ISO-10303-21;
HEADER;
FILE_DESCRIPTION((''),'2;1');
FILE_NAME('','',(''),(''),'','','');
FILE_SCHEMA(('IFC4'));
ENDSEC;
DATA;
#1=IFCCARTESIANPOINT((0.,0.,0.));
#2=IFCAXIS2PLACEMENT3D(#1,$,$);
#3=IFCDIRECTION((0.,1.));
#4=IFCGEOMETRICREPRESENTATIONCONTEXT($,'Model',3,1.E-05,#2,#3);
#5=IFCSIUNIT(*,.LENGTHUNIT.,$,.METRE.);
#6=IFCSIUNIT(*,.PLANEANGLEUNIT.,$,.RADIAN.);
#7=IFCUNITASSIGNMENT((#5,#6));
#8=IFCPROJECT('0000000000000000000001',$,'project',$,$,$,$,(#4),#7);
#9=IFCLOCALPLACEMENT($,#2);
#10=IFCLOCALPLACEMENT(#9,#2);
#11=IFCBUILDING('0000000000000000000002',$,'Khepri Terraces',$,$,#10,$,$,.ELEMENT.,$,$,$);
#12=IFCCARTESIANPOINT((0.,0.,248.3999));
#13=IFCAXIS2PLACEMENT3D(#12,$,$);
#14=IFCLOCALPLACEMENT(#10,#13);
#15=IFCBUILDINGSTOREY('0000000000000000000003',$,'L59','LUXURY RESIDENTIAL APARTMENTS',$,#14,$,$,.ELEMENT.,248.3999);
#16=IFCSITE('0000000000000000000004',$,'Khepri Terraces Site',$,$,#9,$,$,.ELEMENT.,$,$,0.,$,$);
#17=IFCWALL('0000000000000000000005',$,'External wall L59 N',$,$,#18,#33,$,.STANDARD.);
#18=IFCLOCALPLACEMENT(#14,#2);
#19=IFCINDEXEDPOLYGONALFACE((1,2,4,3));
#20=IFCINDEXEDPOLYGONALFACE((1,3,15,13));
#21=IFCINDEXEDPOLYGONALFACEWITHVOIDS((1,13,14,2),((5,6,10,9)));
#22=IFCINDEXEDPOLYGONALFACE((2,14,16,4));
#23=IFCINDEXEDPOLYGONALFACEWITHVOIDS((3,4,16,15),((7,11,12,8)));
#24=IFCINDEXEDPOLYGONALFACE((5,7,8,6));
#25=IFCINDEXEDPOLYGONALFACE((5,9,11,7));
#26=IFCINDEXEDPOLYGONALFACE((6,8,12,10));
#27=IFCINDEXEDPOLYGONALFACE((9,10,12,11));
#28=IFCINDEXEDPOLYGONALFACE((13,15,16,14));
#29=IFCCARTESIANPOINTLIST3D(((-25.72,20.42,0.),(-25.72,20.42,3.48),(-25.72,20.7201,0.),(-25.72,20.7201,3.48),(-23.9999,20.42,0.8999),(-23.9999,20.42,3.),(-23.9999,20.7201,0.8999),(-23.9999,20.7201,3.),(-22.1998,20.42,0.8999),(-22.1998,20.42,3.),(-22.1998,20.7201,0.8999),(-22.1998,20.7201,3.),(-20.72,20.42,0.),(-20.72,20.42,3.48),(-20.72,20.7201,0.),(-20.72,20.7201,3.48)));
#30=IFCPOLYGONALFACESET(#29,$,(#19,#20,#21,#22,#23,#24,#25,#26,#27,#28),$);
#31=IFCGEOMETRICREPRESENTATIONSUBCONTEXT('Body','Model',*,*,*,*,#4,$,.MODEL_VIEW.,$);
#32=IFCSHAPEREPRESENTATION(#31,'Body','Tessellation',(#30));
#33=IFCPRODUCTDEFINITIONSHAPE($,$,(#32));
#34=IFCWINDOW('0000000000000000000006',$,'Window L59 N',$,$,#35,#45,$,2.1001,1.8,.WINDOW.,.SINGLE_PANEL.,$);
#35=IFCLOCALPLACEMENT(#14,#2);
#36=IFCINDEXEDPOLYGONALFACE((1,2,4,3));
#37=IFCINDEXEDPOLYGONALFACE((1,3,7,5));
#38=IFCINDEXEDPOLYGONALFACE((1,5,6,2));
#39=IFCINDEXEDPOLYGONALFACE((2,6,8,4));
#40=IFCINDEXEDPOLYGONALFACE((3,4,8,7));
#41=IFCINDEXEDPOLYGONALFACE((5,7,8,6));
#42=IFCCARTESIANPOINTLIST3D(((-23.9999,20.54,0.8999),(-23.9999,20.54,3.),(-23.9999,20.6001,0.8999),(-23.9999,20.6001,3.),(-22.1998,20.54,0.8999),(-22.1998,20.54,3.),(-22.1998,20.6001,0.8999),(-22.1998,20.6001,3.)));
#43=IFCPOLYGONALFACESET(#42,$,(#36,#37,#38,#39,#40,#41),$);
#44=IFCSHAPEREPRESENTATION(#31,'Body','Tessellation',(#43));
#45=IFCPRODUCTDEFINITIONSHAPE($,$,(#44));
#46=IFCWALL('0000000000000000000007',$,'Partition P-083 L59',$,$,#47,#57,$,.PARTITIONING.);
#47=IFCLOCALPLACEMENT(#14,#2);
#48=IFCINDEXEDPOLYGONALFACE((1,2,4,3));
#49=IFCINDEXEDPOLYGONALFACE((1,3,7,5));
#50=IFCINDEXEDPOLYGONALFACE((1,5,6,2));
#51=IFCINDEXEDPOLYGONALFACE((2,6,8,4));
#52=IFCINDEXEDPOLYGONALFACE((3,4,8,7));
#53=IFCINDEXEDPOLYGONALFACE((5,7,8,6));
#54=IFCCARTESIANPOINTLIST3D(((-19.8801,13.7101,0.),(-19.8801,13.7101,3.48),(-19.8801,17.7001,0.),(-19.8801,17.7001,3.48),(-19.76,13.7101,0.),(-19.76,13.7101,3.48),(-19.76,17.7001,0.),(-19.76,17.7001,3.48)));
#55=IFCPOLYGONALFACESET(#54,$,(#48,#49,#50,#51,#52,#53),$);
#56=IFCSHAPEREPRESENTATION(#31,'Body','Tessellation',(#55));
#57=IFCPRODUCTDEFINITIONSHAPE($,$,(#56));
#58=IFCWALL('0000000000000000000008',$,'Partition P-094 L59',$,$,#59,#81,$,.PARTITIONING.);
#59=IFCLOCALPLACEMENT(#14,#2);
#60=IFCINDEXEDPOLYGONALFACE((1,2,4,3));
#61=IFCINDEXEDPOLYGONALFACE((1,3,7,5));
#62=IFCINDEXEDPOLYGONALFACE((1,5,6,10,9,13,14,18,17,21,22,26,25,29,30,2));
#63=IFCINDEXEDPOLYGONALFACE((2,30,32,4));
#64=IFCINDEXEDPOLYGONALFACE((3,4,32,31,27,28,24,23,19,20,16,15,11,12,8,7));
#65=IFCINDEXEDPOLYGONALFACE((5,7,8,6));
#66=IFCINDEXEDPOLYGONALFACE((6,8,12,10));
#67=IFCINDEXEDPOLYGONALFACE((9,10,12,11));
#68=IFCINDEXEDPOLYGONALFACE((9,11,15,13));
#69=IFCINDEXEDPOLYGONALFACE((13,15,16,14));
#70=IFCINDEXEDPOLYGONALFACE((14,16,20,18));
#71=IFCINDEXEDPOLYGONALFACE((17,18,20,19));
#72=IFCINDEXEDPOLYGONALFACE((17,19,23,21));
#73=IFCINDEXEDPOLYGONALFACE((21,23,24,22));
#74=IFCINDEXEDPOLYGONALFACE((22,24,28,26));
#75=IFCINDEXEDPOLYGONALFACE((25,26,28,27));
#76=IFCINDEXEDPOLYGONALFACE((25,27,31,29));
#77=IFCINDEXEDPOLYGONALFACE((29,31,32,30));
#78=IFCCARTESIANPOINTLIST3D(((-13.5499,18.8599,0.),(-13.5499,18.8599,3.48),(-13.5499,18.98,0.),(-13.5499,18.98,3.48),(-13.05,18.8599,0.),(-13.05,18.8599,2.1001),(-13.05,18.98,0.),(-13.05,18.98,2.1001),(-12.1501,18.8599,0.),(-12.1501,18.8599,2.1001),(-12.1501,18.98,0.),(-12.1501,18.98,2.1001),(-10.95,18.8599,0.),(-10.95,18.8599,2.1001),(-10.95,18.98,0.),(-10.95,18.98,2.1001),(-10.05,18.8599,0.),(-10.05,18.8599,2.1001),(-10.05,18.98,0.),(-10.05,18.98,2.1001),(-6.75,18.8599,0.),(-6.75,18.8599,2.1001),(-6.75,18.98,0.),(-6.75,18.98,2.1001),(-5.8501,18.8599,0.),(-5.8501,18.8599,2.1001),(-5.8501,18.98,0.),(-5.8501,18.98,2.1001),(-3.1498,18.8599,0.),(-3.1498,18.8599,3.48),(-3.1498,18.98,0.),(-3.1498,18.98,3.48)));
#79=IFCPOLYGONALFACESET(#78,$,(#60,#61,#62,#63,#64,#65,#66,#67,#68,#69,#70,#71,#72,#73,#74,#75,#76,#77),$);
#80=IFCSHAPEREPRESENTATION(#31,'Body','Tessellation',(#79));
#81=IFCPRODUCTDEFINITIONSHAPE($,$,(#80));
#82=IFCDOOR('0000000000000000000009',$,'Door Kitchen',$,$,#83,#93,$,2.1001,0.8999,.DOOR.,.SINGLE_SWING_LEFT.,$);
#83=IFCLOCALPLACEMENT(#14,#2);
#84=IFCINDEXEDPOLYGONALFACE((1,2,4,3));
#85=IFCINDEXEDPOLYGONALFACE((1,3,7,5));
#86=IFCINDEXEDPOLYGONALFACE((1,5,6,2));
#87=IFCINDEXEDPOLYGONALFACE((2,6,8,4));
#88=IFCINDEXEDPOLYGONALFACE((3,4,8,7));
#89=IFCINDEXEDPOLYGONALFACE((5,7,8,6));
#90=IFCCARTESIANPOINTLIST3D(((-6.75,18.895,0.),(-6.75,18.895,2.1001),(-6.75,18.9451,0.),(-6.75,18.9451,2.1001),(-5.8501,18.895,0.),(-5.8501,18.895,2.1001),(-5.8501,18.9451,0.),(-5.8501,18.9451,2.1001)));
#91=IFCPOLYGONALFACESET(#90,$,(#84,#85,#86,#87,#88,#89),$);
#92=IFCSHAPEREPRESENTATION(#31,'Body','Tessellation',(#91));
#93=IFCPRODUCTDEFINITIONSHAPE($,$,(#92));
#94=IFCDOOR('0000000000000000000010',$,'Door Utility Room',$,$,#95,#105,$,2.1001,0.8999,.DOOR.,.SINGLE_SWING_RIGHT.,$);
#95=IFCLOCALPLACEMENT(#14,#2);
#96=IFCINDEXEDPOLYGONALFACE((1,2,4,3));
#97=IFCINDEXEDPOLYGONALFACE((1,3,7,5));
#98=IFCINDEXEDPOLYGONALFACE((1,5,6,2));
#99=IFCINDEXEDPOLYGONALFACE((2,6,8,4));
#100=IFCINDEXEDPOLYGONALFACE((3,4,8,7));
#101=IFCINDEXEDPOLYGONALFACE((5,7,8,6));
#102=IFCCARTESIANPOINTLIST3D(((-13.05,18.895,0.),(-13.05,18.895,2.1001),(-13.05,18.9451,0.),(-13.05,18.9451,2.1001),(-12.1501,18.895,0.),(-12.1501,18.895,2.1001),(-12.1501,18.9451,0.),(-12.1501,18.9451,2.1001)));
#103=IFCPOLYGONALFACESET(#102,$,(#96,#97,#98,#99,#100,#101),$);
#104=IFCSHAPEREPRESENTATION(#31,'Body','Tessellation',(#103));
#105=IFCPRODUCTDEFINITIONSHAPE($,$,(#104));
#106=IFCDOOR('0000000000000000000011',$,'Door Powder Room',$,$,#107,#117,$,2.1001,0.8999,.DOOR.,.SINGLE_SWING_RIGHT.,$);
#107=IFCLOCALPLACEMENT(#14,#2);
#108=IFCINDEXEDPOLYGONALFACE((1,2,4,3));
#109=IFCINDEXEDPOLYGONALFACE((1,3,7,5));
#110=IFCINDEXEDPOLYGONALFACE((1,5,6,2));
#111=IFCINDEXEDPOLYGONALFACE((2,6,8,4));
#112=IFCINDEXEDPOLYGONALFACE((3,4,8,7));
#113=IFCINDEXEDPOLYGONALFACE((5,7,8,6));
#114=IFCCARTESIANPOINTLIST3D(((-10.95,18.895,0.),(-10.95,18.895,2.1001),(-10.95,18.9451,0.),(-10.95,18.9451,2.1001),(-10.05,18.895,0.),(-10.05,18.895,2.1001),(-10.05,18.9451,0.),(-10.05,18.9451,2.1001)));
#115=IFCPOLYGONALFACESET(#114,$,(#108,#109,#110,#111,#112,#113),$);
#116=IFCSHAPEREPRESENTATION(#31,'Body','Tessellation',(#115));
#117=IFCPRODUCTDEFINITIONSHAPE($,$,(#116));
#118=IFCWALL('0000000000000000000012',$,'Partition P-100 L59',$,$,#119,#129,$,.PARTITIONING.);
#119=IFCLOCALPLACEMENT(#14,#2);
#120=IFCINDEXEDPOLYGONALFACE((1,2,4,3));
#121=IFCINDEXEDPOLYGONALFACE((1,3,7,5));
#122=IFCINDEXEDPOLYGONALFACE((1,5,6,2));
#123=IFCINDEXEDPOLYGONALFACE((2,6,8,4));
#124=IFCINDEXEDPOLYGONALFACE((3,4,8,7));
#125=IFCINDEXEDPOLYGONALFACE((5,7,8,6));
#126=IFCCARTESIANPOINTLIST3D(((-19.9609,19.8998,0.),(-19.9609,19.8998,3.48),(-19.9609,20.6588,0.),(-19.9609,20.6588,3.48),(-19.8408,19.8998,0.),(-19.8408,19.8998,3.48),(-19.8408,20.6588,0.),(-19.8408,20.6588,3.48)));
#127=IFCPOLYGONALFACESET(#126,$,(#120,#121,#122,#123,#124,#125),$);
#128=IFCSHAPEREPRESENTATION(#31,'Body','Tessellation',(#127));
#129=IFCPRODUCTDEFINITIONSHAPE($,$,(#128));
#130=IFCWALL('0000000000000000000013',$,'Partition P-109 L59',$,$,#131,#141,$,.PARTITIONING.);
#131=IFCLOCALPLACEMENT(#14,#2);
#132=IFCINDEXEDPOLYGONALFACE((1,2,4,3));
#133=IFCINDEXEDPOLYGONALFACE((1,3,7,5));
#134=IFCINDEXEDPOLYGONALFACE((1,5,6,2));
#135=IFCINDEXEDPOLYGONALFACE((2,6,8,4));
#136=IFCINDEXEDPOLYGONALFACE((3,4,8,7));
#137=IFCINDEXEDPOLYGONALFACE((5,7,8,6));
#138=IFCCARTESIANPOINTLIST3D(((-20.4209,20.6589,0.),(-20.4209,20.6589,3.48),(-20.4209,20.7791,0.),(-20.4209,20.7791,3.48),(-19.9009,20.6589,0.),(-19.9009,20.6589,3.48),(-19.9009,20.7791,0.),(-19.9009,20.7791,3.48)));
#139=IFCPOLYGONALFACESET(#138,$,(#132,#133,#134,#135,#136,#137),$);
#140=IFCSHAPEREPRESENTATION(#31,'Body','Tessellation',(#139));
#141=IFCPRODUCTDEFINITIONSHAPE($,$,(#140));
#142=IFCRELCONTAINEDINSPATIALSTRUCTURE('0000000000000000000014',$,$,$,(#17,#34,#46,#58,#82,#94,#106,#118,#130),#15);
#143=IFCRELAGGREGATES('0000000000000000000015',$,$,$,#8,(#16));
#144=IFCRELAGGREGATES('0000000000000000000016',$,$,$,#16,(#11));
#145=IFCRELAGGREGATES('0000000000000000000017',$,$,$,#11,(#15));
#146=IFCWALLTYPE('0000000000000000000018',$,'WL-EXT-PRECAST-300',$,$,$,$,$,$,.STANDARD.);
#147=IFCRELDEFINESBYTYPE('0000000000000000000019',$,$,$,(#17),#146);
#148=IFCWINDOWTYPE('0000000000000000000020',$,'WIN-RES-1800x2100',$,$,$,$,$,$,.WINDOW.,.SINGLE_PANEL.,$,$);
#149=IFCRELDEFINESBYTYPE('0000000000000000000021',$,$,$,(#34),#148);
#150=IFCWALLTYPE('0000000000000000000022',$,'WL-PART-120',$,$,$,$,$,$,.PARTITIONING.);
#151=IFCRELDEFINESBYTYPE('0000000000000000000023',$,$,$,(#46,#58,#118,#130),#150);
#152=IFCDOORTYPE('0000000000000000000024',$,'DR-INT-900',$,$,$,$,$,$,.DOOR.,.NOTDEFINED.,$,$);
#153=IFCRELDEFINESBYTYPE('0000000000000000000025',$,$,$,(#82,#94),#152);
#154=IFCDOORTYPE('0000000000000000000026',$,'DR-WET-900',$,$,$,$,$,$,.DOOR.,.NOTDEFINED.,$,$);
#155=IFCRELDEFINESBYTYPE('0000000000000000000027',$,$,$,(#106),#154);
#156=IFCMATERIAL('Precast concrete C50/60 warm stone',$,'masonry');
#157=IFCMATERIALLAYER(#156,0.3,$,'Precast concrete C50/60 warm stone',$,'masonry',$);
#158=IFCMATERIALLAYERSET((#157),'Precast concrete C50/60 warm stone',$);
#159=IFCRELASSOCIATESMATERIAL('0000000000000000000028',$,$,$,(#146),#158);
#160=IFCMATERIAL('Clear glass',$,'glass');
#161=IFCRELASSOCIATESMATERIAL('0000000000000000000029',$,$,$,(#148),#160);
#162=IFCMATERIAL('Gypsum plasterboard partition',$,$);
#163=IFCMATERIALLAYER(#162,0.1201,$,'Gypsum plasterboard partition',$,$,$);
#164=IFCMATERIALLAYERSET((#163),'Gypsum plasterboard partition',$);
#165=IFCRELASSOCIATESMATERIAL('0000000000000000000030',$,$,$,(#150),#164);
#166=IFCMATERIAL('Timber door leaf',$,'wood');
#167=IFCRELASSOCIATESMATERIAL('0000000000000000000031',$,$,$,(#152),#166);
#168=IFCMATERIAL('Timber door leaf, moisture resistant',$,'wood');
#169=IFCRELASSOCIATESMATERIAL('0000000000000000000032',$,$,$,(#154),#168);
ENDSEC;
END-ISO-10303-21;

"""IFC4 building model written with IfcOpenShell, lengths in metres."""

from ifc_helpers import new_model, si_unit, direction, frame, frame_2d, origin, place, context, subcontext, project, spatial, rectangle, extrude, material, layer, layer_set, type_object, element, fill, save


model = new_model("IFC4")

# Units and contexts
model_context = context("Model", 3, precision=1e-05, world=origin(), true_north=direction((0.0, 1.0)))
body_context = subcontext(model_context, "Body", "Model", "MODEL_VIEW")
ifc_project = project(units=[si_unit("LENGTHUNIT", "METRE"), si_unit("PLANEANGLEUNIT", "RADIAN")], contexts=[model_context])

# Site, building, storey
site_placement = place(None, origin())
site = spatial("IfcSite", under=ifc_project, at=site_placement, Name="Khepri Terraces Site", CompositionType="ELEMENT", RefElevation=0.0)
building_placement = place(site_placement, origin())
building = spatial("IfcBuilding", under=site, at=building_placement, Name="Khepri Terraces", CompositionType="ELEMENT")
storey_placement = place(building_placement, frame((0.0, 0.0, 248.3999)))
storey = spatial("IfcBuildingStorey", under=building, at=storey_placement, Name="L59", Description="LUXURY RESIDENTIAL APARTMENTS", CompositionType="ELEMENT", Elevation=248.3999)

# Wall, opening, window
ifc_material_1 = material(Name="Precast concrete C50/60 warm stone", Category="masonry")
ifc_layer_1 = layer(ifc_material_1, 0.3, Name="Precast concrete C50/60 warm stone", Category="masonry")
ifc_layer_set_1 = layer_set([ifc_layer_1], Name="Precast concrete C50/60 warm stone")
wall_type_1 = type_object("IfcWallType", Name="WL-EXT-PRECAST-300", PredefinedType="STANDARD", material=ifc_layer_set_1)
ifc_material_2 = material(Name="Clear glass", Category="glass")
window_type = type_object("IfcWindowType", Name="WIN-RES-1800x2100", PartitioningType="SINGLE_PANEL", PredefinedType="WINDOW", material=ifc_material_2)
wall_1_placement = place(storey_placement, frame((-20.72, 20.5701, 0.0), z_axis=(0.0, 0.0, 1.0), x_axis=(-1.0, 0.0, 0.0)))
wall_1 = element("IfcWall", 1, at=wall_1_placement, inside=storey, type_object=wall_type_1, Name="External wall L59 N", PredefinedType="STANDARD", context=body_context, shape_type="SweptSolid", body=[
    extrude(rectangle(XDim=5.0, YDim=0.3, at=frame_2d((2.5, 0.0))), origin(), (0.0, 0.0, 1.0), 3.48),
])
opening_1_placement = place(wall_1_placement, frame((1.48, 0.0, 0.8999)))
opening_1 = element("IfcOpeningElement", 2, at=opening_1_placement, cuts=wall_1, PredefinedType="OPENING", context=body_context, shape_type="SweptSolid", body=[
    extrude(rectangle(XDim=1.8, YDim=2.1001, at=frame_2d((0.8999, 1.05))), frame((0.0, 0.1602, 0.0), z_axis=(0.0, -1.0, 0.0), x_axis=(1.0, 0.0, 0.0)), (0.0, 0.0, 1.0), 0.3201),
])
window_1_placement = place(opening_1_placement, origin())
window_1 = element("IfcWindow", 3, at=window_1_placement, inside=storey, type_object=window_type, Name="Window L59 N", OverallHeight=2.1001, OverallWidth=1.8, PartitioningType="SINGLE_PANEL", PredefinedType="WINDOW", context=body_context, shape_type="SweptSolid", body=[
    extrude(rectangle(XDim=1.8, YDim=2.1001, at=frame_2d((0.8999, 1.05))), frame((0.0, 0.03, 0.0), z_axis=(0.0, -1.0, 0.0), x_axis=(1.0, 0.0, 0.0)), (0.0, 0.0, 1.0), 0.0601),
])
fill(opening_1, window_1)

# Wall
ifc_material_3 = material(Name="Gypsum plasterboard partition")
ifc_layer_2 = layer(ifc_material_3, 0.1201, Name="Gypsum plasterboard partition")
ifc_layer_set_2 = layer_set([ifc_layer_2], Name="Gypsum plasterboard partition")
wall_type_2 = type_object("IfcWallType", Name="WL-PART-120", PredefinedType="PARTITIONING", material=ifc_layer_set_2)
wall_2_placement = place(storey_placement, frame((-19.8201, 13.71, 0.0), z_axis=(0.0, 0.0, 1.0), x_axis=(0.0, 1.0, 0.0)))
element("IfcWall", 4, at=wall_2_placement, inside=storey, type_object=wall_type_2, Name="Partition P-083 L59", PredefinedType="PARTITIONING", context=body_context, shape_type="SweptSolid", body=[
    extrude(rectangle(XDim=3.99, YDim=0.1201, at=frame_2d((1.9951, 0.0))), origin(), (0.0, 0.0, 1.0), 3.48),
])

# Wall, openings, doors
wall_3_placement = place(storey_placement, frame((-13.55, 18.9199, 0.0), z_axis=(0.0, 0.0, 1.0), x_axis=(1.0, 0.0, 0.0)))
wall_3 = element("IfcWall", 5, at=wall_3_placement, inside=storey, type_object=wall_type_2, Name="Partition P-094 L59", PredefinedType="PARTITIONING", context=body_context, shape_type="SweptSolid", body=[
    extrude(rectangle(XDim=10.4001, YDim=0.1201, at=frame_2d((5.2002, 0.0))), origin(), (0.0, 0.0, 1.0), 3.48),
])
opening_2_placement = place(wall_3_placement, frame((6.8, 0.0, 0.0)))
opening_2 = element("IfcOpeningElement", 6, at=opening_2_placement, cuts=wall_3, PredefinedType="OPENING", context=body_context, shape_type="SweptSolid", body=[
    extrude(rectangle(XDim=0.8999, YDim=2.1001, at=frame_2d((0.45, 1.05))), frame((0.0, 0.0701, 0.0), z_axis=(0.0, -1.0, 0.0), x_axis=(1.0, 0.0, 0.0)), (0.0, 0.0, 1.0), 0.1401),
])
opening_3_placement = place(wall_3_placement, frame((2.6001, 0.0, 0.0)))
opening_3 = element("IfcOpeningElement", 7, at=opening_3_placement, cuts=wall_3, PredefinedType="OPENING", context=body_context, shape_type="SweptSolid", body=[
    extrude(rectangle(XDim=0.8999, YDim=2.1001, at=frame_2d((0.45, 1.05))), frame((0.0, 0.0701, 0.0), z_axis=(0.0, -1.0, 0.0), x_axis=(1.0, 0.0, 0.0)), (0.0, 0.0, 1.0), 0.1401),
])
opening_4_placement = place(wall_3_placement, frame((0.5, 0.0, 0.0)))
opening_4 = element("IfcOpeningElement", 8, at=opening_4_placement, cuts=wall_3, PredefinedType="OPENING", context=body_context, shape_type="SweptSolid", body=[
    extrude(rectangle(XDim=0.8999, YDim=2.1001, at=frame_2d((0.45, 1.05))), frame((0.0, 0.0701, 0.0), z_axis=(0.0, -1.0, 0.0), x_axis=(1.0, 0.0, 0.0)), (0.0, 0.0, 1.0), 0.1401),
])
ifc_material_4 = material(Name="Timber door leaf", Category="wood")
door_type_1 = type_object("IfcDoorType", Name="DR-INT-900", OperationType="NOTDEFINED", PredefinedType="DOOR", material=ifc_material_4)
door_1_placement = place(opening_2_placement, frame((0.8999, 0.0, 0.0), z_axis=(0.0, 0.0, 1.0), x_axis=(-1.0, 0.0, 0.0)))
door_1 = element("IfcDoor", 9, at=door_1_placement, inside=storey, type_object=door_type_1, Name="Door Kitchen", OperationType="SINGLE_SWING_LEFT", OverallHeight=2.1001, OverallWidth=0.8999, PredefinedType="DOOR", context=body_context, shape_type="SweptSolid", body=[
    extrude(rectangle(XDim=0.8999, YDim=2.1001, at=frame_2d((0.45, 1.05))), frame((0.0, 0.0249, 0.0), z_axis=(0.0, -1.0, 0.0), x_axis=(1.0, 0.0, 0.0)), (0.0, 0.0, 1.0), 0.05),
])
fill(opening_2, door_1)
door_2_placement = place(opening_4_placement, frame((0.8999, 0.0, 0.0), z_axis=(0.0, 0.0, 1.0), x_axis=(-1.0, 0.0, 0.0)))
door_2 = element("IfcDoor", 10, at=door_2_placement, inside=storey, type_object=door_type_1, Name="Door Utility Room", OperationType="SINGLE_SWING_RIGHT", OverallHeight=2.1001, OverallWidth=0.8999, PredefinedType="DOOR", context=body_context, shape_type="SweptSolid", body=[
    extrude(rectangle(XDim=0.8999, YDim=2.1001, at=frame_2d((0.45, 1.05))), frame((0.0, 0.0249, 0.0), z_axis=(0.0, -1.0, 0.0), x_axis=(1.0, 0.0, 0.0)), (0.0, 0.0, 1.0), 0.05),
])
fill(opening_4, door_2)
ifc_material_5 = material(Name="Timber door leaf, moisture resistant", Category="wood")
door_type_2 = type_object("IfcDoorType", Name="DR-WET-900", OperationType="NOTDEFINED", PredefinedType="DOOR", material=ifc_material_5)
door_3_placement = place(opening_3_placement, frame((0.8999, 0.0, 0.0), z_axis=(0.0, 0.0, 1.0), x_axis=(-1.0, 0.0, 0.0)))
door_3 = element("IfcDoor", 11, at=door_3_placement, inside=storey, type_object=door_type_2, Name="Door Powder Room", OperationType="SINGLE_SWING_RIGHT", OverallHeight=2.1001, OverallWidth=0.8999, PredefinedType="DOOR", context=body_context, shape_type="SweptSolid", body=[
    extrude(rectangle(XDim=0.8999, YDim=2.1001, at=frame_2d((0.45, 1.05))), frame((0.0, 0.0249, 0.0), z_axis=(0.0, -1.0, 0.0), x_axis=(1.0, 0.0, 0.0)), (0.0, 0.0, 1.0), 0.05),
])
fill(opening_3, door_3)

# Walls
wall_4_placement = place(storey_placement, frame((-19.9009, 19.8999, 0.0), z_axis=(0.0, 0.0, 1.0), x_axis=(0.0, 1.0, 0.0)))
element("IfcWall", 12, at=wall_4_placement, inside=storey, type_object=wall_type_2, Name="Partition P-100 L59", PredefinedType="PARTITIONING", context=body_context, shape_type="SweptSolid", body=[
    extrude(rectangle(XDim=0.759, YDim=0.1201, at=frame_2d((0.3794, 0.0))), origin(), (0.0, 0.0, 1.0), 3.48),
])
wall_5_placement = place(storey_placement, frame((-20.4209, 20.719, 0.0), z_axis=(0.0, 0.0, 1.0), x_axis=(1.0, 0.0, 0.0)))
element("IfcWall", 13, at=wall_5_placement, inside=storey, type_object=wall_type_2, Name="Partition P-109 L59", PredefinedType="PARTITIONING", context=body_context, shape_type="SweptSolid", body=[
    extrude(rectangle(XDim=0.52, YDim=0.1201, at=frame_2d((0.26, 0.0))), origin(), (0.0, 0.0, 1.0), 3.48),
])

save(model, "model.ifc")
